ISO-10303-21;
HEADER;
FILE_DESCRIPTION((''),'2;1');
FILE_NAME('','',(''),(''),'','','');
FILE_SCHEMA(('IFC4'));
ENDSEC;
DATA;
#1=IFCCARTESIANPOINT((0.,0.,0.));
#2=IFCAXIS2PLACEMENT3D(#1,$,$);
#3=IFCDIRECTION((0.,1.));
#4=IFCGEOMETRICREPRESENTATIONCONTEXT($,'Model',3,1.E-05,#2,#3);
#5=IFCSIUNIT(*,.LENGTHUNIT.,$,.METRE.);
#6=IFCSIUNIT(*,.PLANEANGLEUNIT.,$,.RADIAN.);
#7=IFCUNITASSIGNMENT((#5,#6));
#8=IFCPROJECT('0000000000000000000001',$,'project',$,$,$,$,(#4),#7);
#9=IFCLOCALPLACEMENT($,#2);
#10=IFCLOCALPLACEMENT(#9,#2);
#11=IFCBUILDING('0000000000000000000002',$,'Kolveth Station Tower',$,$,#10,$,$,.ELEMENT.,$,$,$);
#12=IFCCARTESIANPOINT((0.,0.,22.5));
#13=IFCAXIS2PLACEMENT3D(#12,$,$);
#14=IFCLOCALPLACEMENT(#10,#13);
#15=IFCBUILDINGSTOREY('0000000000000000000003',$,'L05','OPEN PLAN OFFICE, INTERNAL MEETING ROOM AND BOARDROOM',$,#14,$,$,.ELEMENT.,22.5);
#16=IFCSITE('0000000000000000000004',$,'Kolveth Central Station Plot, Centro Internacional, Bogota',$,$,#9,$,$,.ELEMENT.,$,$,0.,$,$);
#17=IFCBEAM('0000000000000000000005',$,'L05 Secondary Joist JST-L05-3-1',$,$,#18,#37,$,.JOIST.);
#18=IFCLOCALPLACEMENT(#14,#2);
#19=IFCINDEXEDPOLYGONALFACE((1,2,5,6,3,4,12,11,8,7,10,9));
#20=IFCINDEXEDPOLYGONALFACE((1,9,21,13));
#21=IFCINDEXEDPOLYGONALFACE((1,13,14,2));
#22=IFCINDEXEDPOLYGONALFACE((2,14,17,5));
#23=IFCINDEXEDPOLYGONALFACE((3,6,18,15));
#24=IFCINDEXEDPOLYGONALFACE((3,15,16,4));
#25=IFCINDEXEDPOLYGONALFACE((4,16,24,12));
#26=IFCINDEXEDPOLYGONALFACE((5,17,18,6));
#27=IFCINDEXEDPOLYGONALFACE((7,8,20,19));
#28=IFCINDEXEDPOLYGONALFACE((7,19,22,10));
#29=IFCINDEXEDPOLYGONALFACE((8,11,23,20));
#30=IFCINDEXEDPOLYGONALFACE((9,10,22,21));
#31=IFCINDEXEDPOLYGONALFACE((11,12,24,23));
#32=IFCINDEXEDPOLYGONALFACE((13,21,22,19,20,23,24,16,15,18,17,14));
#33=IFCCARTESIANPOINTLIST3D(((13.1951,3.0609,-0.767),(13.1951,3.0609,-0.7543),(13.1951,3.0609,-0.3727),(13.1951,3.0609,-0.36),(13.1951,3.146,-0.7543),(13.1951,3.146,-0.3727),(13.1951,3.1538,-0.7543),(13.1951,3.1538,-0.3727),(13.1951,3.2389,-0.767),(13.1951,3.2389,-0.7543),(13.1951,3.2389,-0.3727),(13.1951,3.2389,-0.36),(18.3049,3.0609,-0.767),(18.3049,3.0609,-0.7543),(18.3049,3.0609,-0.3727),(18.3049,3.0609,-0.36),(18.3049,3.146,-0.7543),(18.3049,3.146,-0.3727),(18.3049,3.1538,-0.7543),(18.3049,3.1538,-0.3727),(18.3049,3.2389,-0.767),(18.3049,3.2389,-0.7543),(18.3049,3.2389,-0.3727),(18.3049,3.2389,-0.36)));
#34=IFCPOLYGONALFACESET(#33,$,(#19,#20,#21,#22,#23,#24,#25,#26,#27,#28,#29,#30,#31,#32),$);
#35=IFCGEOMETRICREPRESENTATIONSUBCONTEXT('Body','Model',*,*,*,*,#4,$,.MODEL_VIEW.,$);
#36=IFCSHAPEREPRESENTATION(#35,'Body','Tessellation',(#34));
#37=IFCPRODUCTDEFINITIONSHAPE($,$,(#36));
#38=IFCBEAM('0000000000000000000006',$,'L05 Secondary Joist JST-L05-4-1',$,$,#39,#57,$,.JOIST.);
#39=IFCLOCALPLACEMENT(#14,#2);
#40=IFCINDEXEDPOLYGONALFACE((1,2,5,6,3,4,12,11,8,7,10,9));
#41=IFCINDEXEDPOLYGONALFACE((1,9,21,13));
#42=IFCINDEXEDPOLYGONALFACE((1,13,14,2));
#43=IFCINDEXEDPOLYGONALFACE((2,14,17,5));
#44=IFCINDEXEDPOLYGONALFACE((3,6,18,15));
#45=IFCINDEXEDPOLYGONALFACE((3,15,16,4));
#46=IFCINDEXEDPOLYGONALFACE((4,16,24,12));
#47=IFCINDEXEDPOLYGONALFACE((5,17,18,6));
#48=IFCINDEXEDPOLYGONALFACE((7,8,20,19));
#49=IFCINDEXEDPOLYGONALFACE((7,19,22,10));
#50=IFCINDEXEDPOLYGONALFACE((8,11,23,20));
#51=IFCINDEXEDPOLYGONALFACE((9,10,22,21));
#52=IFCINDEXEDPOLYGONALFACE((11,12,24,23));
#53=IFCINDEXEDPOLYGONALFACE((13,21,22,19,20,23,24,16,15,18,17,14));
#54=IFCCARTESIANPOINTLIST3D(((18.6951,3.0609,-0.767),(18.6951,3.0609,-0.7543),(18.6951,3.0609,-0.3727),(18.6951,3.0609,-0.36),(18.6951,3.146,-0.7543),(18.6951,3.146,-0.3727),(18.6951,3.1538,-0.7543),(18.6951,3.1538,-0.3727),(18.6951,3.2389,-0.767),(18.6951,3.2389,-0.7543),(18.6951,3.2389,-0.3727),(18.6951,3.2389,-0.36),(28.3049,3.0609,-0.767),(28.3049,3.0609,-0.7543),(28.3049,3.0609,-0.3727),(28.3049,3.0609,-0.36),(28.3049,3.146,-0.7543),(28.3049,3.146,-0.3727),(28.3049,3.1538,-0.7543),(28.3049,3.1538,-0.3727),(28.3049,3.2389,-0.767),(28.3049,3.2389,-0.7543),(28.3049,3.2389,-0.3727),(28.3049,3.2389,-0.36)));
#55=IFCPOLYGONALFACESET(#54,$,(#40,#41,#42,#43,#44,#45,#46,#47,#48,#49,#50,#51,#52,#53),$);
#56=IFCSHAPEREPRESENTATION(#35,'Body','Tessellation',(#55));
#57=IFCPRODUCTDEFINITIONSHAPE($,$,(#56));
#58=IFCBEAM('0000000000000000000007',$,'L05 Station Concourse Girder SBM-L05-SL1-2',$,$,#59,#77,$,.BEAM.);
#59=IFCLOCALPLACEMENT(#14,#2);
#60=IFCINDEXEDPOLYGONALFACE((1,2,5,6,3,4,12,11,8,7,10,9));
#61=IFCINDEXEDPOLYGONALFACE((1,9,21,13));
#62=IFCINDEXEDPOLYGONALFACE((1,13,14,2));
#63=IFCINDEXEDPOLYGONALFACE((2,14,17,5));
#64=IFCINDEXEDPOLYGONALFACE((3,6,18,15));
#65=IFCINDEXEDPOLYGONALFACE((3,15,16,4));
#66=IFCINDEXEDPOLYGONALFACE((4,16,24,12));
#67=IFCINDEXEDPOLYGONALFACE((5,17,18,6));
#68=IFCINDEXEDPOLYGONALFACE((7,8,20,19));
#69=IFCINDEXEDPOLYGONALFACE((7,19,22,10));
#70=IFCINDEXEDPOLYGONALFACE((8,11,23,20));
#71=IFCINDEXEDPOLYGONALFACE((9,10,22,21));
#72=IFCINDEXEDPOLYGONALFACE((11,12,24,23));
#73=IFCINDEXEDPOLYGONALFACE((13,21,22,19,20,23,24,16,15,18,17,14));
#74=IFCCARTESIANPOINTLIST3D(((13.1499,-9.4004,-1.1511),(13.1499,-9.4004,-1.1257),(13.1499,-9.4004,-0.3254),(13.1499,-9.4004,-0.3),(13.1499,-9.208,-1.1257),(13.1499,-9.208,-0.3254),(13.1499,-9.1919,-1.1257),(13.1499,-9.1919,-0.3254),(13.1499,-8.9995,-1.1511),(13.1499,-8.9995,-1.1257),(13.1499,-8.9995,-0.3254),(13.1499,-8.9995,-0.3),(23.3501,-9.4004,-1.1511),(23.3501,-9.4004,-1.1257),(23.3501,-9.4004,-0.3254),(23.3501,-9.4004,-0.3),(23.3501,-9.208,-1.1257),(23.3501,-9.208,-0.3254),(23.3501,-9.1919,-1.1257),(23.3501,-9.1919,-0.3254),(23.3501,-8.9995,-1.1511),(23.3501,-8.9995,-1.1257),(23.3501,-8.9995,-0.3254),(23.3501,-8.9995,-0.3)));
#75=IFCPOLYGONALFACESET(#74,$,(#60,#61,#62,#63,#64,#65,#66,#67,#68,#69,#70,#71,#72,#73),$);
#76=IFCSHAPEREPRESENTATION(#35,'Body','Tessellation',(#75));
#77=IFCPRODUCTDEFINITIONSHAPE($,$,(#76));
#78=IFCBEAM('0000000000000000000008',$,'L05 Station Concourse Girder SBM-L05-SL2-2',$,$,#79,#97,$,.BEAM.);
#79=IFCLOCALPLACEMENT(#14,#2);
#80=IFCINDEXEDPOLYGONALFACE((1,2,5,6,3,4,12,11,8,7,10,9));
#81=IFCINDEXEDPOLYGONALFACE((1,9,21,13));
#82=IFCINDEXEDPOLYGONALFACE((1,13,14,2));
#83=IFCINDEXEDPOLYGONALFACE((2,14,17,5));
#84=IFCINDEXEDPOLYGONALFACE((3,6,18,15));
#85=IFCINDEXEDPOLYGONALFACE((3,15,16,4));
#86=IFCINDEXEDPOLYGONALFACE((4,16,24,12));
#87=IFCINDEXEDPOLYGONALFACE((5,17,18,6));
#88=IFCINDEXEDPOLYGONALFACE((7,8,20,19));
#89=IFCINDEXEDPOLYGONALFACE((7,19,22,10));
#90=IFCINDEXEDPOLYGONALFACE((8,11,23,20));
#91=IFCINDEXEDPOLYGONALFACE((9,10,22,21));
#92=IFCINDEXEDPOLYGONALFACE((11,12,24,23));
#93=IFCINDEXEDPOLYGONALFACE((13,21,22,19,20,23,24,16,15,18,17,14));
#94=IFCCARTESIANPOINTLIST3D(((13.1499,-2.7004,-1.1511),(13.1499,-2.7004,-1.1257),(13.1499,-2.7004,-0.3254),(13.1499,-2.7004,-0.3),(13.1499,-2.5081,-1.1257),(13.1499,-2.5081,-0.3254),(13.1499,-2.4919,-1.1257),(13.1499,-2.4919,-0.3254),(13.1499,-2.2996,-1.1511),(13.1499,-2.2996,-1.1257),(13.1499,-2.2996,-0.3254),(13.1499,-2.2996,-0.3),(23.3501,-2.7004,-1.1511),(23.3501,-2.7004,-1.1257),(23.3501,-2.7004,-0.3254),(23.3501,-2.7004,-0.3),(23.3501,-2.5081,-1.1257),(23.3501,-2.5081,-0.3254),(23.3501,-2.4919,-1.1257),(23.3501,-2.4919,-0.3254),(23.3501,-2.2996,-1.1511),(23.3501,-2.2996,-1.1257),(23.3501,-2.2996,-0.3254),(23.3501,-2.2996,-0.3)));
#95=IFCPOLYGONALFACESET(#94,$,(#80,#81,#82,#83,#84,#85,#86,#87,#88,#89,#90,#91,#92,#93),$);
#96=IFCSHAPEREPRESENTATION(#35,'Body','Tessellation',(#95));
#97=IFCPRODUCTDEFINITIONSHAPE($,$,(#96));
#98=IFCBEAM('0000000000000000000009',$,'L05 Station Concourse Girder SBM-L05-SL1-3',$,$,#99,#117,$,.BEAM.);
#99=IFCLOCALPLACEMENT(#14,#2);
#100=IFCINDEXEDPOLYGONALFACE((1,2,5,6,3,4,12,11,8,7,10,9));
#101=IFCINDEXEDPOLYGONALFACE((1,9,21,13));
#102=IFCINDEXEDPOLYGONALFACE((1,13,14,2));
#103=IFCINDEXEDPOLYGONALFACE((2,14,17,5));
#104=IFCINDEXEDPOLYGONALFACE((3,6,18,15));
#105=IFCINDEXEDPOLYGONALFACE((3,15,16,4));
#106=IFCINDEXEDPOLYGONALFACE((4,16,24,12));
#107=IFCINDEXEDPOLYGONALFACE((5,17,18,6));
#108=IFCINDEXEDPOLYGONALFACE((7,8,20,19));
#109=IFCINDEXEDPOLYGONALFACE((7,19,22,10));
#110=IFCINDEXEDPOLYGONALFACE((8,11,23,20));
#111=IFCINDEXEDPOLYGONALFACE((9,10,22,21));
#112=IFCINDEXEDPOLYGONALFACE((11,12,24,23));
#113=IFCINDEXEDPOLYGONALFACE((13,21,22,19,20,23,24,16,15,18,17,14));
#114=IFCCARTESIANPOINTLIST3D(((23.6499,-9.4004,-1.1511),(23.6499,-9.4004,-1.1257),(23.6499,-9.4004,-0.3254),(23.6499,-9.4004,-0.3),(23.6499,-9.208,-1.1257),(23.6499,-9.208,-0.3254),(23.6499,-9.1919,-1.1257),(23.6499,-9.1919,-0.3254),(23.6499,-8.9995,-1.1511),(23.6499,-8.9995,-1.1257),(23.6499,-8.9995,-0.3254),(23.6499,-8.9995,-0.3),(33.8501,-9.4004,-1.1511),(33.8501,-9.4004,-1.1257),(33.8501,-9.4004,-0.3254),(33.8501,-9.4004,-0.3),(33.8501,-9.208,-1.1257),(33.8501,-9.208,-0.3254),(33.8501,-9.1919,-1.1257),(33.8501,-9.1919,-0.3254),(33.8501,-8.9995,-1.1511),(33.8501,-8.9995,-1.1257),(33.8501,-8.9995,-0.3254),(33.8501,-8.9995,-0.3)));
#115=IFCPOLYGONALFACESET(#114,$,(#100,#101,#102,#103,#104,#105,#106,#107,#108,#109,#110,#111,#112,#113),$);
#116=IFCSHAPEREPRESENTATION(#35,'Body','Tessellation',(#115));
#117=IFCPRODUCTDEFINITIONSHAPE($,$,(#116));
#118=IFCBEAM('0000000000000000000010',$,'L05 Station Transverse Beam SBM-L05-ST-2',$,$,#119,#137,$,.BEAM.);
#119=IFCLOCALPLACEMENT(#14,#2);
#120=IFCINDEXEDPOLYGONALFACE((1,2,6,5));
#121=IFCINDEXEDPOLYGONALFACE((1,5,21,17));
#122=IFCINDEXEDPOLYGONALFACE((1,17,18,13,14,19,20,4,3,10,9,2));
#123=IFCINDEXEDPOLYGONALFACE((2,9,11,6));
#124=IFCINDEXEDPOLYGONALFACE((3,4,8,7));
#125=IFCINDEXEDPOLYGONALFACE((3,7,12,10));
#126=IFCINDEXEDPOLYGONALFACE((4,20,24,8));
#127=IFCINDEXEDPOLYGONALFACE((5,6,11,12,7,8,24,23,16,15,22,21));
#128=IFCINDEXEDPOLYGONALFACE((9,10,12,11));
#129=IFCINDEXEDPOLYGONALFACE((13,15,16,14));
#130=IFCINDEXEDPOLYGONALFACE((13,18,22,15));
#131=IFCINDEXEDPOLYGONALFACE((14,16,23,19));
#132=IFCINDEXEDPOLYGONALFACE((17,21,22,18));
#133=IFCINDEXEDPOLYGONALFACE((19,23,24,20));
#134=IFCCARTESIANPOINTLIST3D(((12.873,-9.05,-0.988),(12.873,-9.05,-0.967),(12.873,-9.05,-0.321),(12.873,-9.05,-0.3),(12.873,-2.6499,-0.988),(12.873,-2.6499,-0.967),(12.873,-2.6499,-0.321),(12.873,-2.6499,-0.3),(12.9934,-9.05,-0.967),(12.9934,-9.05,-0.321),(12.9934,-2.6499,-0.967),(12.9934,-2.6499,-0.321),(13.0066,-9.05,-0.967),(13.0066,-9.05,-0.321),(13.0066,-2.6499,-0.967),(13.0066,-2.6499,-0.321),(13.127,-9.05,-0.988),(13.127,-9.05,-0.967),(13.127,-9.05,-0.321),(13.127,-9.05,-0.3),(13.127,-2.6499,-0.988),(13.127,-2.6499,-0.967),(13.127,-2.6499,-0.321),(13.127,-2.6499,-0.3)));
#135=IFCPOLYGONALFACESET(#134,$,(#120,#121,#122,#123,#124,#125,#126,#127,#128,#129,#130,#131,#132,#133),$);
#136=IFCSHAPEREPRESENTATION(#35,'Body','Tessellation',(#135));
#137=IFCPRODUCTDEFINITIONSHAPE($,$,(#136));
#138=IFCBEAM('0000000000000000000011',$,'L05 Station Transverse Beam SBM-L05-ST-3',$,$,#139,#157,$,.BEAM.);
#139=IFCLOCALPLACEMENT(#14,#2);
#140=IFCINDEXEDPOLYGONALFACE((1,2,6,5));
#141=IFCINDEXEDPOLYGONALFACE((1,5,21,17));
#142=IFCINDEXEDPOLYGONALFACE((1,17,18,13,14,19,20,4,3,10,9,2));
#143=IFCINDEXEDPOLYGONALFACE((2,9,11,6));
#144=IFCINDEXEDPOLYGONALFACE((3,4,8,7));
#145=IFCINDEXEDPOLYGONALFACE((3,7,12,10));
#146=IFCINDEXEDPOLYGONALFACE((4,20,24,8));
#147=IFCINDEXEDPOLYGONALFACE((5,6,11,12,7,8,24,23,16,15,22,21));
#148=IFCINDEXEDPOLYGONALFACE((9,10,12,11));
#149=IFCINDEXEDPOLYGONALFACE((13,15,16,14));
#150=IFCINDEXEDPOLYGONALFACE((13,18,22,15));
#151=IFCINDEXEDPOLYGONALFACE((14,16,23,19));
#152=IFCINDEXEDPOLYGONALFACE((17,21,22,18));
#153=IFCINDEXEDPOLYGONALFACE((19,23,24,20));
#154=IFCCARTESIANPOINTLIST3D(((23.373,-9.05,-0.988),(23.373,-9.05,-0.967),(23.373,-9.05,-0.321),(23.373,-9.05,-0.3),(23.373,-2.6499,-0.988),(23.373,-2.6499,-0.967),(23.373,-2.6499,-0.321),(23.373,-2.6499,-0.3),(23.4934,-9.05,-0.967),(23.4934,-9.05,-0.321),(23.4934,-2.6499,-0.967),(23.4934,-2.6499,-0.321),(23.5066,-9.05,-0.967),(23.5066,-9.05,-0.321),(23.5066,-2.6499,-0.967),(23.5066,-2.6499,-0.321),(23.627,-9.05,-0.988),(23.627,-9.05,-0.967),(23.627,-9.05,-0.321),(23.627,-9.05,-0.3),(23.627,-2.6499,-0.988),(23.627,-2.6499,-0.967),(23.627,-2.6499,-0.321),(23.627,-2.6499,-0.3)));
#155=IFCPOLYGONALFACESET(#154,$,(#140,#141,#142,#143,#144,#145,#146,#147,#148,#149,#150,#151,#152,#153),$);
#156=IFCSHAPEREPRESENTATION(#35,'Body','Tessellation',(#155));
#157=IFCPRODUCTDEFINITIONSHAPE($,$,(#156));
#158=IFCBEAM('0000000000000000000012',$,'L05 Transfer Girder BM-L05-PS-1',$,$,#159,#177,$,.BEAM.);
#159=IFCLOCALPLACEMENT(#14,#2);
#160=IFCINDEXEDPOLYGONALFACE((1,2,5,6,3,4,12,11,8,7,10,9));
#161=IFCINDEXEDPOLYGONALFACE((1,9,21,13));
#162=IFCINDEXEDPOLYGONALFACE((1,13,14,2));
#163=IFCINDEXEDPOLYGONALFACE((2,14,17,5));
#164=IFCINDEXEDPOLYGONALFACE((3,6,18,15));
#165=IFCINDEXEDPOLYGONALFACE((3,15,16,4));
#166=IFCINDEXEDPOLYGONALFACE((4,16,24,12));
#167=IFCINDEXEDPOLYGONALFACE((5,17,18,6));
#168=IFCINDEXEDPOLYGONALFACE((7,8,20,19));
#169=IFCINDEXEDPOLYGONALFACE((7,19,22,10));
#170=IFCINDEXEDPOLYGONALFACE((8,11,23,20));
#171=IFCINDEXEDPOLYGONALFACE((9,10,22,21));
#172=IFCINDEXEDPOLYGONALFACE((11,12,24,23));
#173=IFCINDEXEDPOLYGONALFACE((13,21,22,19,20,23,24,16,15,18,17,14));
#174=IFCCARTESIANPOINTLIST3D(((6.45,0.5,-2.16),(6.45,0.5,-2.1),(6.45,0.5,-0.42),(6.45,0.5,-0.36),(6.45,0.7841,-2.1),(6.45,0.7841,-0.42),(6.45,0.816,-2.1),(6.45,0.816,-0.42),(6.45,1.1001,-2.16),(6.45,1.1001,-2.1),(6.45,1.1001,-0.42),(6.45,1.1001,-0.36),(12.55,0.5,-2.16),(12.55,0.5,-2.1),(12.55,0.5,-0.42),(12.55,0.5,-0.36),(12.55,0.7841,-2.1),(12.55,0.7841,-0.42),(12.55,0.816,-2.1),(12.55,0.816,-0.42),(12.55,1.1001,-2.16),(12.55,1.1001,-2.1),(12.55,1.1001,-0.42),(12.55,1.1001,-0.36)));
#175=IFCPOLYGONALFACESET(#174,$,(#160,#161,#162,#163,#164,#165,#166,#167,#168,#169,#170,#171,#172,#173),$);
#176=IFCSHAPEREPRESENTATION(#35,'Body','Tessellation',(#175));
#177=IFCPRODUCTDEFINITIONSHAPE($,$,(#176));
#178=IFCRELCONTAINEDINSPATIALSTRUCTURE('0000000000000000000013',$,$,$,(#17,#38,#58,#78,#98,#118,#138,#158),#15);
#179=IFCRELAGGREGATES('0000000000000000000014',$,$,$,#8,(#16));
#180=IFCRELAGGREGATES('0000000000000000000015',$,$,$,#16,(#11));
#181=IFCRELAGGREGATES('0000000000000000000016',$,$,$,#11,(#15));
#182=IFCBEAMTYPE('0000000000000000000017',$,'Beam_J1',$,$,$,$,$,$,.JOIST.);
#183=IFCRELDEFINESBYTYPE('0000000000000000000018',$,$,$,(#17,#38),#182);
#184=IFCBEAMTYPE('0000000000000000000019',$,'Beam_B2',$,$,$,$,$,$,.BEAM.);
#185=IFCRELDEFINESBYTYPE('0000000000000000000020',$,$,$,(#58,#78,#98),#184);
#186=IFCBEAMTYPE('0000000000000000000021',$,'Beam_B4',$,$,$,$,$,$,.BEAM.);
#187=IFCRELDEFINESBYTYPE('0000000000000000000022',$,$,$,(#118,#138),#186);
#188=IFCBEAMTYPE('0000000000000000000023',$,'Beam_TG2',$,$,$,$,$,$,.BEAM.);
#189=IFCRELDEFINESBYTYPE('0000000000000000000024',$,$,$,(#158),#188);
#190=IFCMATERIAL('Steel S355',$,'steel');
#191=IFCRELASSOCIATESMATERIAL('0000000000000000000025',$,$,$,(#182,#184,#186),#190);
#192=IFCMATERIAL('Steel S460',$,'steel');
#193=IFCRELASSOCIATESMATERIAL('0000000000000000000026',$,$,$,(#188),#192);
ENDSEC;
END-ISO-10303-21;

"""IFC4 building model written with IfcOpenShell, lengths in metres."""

from ifc_helpers import new_model, si_unit, direction, frame, origin, origin_2d, place, context, subcontext, project, spatial, i_section, extrude, source, transform, mapped, material, material_profile, profile_set, type_object, element, save


model = new_model("IFC4")

# Units and contexts
model_context = context("Model", 3, precision=1e-05, world=origin(), true_north=direction((0.0, 1.0)))
body_context = subcontext(model_context, "Body", "Model", "MODEL_VIEW")
ifc_project = project(units=[si_unit("LENGTHUNIT", "METRE"), si_unit("PLANEANGLEUNIT", "RADIAN")], contexts=[model_context])

# Site, building, storey
site_placement = place(None, origin())
site = spatial("IfcSite", under=ifc_project, at=site_placement, Name="Kolveth Central Station Plot, Centro Internacional, Bogota", CompositionType="ELEMENT", RefElevation=0.0)
building_placement = place(site_placement, origin())
building = spatial("IfcBuilding", under=site, at=building_placement, Name="Kolveth Station Tower", CompositionType="ELEMENT")
storey_placement = place(building_placement, frame((0.0, 0.0, 22.5)))
storey = spatial("IfcBuildingStorey", under=building, at=storey_placement, Name="L05", Description="OPEN PLAN OFFICE, INTERNAL MEETING ROOM AND BOARDROOM", CompositionType="ELEMENT", Elevation=22.5)

# Shared definitions
ifc_material_1 = material(Name="Steel S460", Category="steel")
ifc_material_2 = material(Name="Steel S355", Category="steel")

# Beams
ifc_material_profile_1 = material_profile(ifc_material_2, i_section(OverallWidth=0.178, OverallDepth=0.407, WebThickness=0.0078, FlangeThickness=0.0127, at=origin_2d()), Name="W410x60")
ifc_profile_set_1 = profile_set([ifc_material_profile_1], Name="Steel S355")
beam_type_1 = type_object("IfcBeamType", Name="Beam_J1", PredefinedType="JOIST", material=ifc_profile_set_1)
shared_shape_1 = source(origin(), body_context, "Body", "SweptSolid", [
    extrude(i_section(OverallWidth=0.178, OverallDepth=0.407, WebThickness=0.0078, FlangeThickness=0.0127, at=origin_2d()), origin(), (0.0, 0.0, 1.0), 5.1099),
])
beam_1_placement = place(storey_placement, frame((13.1951, 3.1499, -0.5635), z_axis=(1.0, 0.0, 0.0), x_axis=(0.0, 1.0, 0.0)))
element("IfcBeam", 1, at=beam_1_placement, inside=storey, type_object=beam_type_1, Name="L05 Secondary Joist JST-L05-3-1", PredefinedType="JOIST", context=body_context, shape_type="MappedRepresentation", body=[
    mapped(shared_shape_1, transform((0.0, 0.0, 0.0), x_axis=(1.0, 0.0, 0.0), y_axis=(0.0, 1.0, 0.0), z_axis=(0.0, 0.0, 1.0), scale=1.0)),
])
shared_shape_2 = source(origin(), body_context, "Body", "SweptSolid", [
    extrude(i_section(OverallWidth=0.178, OverallDepth=0.407, WebThickness=0.0078, FlangeThickness=0.0127, at=origin_2d()), origin(), (0.0, 0.0, 1.0), 9.6099),
])
beam_2_placement = place(storey_placement, frame((18.6951, 3.1499, -0.5635), z_axis=(1.0, 0.0, 0.0), x_axis=(0.0, 1.0, 0.0)))
element("IfcBeam", 2, at=beam_2_placement, inside=storey, type_object=beam_type_1, Name="L05 Secondary Joist JST-L05-4-1", PredefinedType="JOIST", context=body_context, shape_type="MappedRepresentation", body=[
    mapped(shared_shape_2, transform((0.0, 0.0, 0.0), x_axis=(1.0, 0.0, 0.0), y_axis=(0.0, 1.0, 0.0), z_axis=(0.0, 0.0, 1.0), scale=1.0)),
])
ifc_material_profile_2 = material_profile(ifc_material_2, i_section(OverallWidth=0.4009, OverallDepth=0.8511, WebThickness=0.0161, FlangeThickness=0.0254, at=origin_2d()), Name="W840x226")
ifc_profile_set_2 = profile_set([ifc_material_profile_2], Name="Steel S355")
beam_type_2 = type_object("IfcBeamType", Name="Beam_B2", PredefinedType="BEAM", material=ifc_profile_set_2)
shared_shape_3 = source(origin(), body_context, "Body", "SweptSolid", [
    extrude(i_section(OverallWidth=0.4009, OverallDepth=0.8511, WebThickness=0.0161, FlangeThickness=0.0254, at=origin_2d()), origin(), (0.0, 0.0, 1.0), 10.2002),
])
for number, where, z_axis, x_axis, name in (
    (3, (13.1499, -9.2, -0.7256), (1.0, 0.0, 0.0), (0.0, 1.0, 0.0), "L05 Station Concourse Girder SBM-L05-SL1-2"),
    (4, (13.1499, -2.5, -0.7256), (1.0, 0.0, 0.0), (0.0, 1.0, 0.0), "L05 Station Concourse Girder SBM-L05-SL2-2"),
    (5, (23.6499, -9.2, -0.7256), (1.0, 0.0, 0.0), (0.0, 1.0, 0.0), "L05 Station Concourse Girder SBM-L05-SL1-3"),
):
    element("IfcBeam", number, at=place(storey_placement, frame(where, z_axis=z_axis, x_axis=x_axis)), inside=storey, type_object=beam_type_2, Name=name, PredefinedType="BEAM", context=body_context, shape_type="MappedRepresentation", body=[
        mapped(shared_shape_3, transform((0.0, 0.0, 0.0), x_axis=(1.0, 0.0, 0.0), y_axis=(0.0, 1.0, 0.0), z_axis=(0.0, 0.0, 1.0), scale=1.0)),
    ])
ifc_material_profile_3 = material_profile(ifc_material_2, i_section(OverallWidth=0.2539, OverallDepth=0.688, WebThickness=0.0132, FlangeThickness=0.021, at=origin_2d()), Name="W690x152")
ifc_profile_set_3 = profile_set([ifc_material_profile_3], Name="Steel S355")
beam_type_3 = type_object("IfcBeamType", Name="Beam_B4", PredefinedType="BEAM", material=ifc_profile_set_3)
shared_shape_4 = source(origin(), body_context, "Body", "SweptSolid", [
    extrude(i_section(OverallWidth=0.2539, OverallDepth=0.688, WebThickness=0.0132, FlangeThickness=0.021, at=origin_2d()), origin(), (0.0, 0.0, 1.0), 6.4001),
])
for number, where, z_axis, x_axis, name in (
    (6, (13.0, -9.05, -0.644), (0.0, 1.0, 0.0), (-1.0, 0.0, 0.0), "L05 Station Transverse Beam SBM-L05-ST-2"),
    (7, (23.5, -9.05, -0.644), (0.0, 1.0, 0.0), (-1.0, 0.0, 0.0), "L05 Station Transverse Beam SBM-L05-ST-3"),
):
    element("IfcBeam", number, at=place(storey_placement, frame(where, z_axis=z_axis, x_axis=x_axis)), inside=storey, type_object=beam_type_3, Name=name, PredefinedType="BEAM", context=body_context, shape_type="MappedRepresentation", body=[
        mapped(shared_shape_4, transform((0.0, 0.0, 0.0), x_axis=(1.0, 0.0, 0.0), y_axis=(0.0, 1.0, 0.0), z_axis=(0.0, 0.0, 1.0), scale=1.0)),
    ])
ifc_material_profile_4 = material_profile(ifc_material_1, i_section(OverallWidth=0.6001, OverallDepth=1.8, WebThickness=0.032, FlangeThickness=0.0601, at=origin_2d()), Name="PG1800x600x60")
ifc_profile_set_4 = profile_set([ifc_material_profile_4], Name="Steel S460")
beam_type_4 = type_object("IfcBeamType", Name="Beam_TG2", PredefinedType="BEAM", material=ifc_profile_set_4)
shared_shape_5 = source(origin(), body_context, "Body", "SweptSolid", [
    extrude(i_section(OverallWidth=0.6001, OverallDepth=1.8, WebThickness=0.032, FlangeThickness=0.0601, at=origin_2d()), origin(), (0.0, 0.0, 1.0), 6.1001),
])
beam_3_placement = place(storey_placement, frame((6.45, 0.8, -1.26), z_axis=(1.0, 0.0, 0.0), x_axis=(0.0, 1.0, 0.0)))
element("IfcBeam", 8, at=beam_3_placement, inside=storey, type_object=beam_type_4, Name="L05 Transfer Girder BM-L05-PS-1", PredefinedType="BEAM", context=body_context, shape_type="MappedRepresentation", body=[
    mapped(shared_shape_5, transform((0.0, 0.0, 0.0), x_axis=(1.0, 0.0, 0.0), y_axis=(0.0, 1.0, 0.0), z_axis=(0.0, 0.0, 1.0), scale=1.0)),
])

save(model, "model.ifc")
